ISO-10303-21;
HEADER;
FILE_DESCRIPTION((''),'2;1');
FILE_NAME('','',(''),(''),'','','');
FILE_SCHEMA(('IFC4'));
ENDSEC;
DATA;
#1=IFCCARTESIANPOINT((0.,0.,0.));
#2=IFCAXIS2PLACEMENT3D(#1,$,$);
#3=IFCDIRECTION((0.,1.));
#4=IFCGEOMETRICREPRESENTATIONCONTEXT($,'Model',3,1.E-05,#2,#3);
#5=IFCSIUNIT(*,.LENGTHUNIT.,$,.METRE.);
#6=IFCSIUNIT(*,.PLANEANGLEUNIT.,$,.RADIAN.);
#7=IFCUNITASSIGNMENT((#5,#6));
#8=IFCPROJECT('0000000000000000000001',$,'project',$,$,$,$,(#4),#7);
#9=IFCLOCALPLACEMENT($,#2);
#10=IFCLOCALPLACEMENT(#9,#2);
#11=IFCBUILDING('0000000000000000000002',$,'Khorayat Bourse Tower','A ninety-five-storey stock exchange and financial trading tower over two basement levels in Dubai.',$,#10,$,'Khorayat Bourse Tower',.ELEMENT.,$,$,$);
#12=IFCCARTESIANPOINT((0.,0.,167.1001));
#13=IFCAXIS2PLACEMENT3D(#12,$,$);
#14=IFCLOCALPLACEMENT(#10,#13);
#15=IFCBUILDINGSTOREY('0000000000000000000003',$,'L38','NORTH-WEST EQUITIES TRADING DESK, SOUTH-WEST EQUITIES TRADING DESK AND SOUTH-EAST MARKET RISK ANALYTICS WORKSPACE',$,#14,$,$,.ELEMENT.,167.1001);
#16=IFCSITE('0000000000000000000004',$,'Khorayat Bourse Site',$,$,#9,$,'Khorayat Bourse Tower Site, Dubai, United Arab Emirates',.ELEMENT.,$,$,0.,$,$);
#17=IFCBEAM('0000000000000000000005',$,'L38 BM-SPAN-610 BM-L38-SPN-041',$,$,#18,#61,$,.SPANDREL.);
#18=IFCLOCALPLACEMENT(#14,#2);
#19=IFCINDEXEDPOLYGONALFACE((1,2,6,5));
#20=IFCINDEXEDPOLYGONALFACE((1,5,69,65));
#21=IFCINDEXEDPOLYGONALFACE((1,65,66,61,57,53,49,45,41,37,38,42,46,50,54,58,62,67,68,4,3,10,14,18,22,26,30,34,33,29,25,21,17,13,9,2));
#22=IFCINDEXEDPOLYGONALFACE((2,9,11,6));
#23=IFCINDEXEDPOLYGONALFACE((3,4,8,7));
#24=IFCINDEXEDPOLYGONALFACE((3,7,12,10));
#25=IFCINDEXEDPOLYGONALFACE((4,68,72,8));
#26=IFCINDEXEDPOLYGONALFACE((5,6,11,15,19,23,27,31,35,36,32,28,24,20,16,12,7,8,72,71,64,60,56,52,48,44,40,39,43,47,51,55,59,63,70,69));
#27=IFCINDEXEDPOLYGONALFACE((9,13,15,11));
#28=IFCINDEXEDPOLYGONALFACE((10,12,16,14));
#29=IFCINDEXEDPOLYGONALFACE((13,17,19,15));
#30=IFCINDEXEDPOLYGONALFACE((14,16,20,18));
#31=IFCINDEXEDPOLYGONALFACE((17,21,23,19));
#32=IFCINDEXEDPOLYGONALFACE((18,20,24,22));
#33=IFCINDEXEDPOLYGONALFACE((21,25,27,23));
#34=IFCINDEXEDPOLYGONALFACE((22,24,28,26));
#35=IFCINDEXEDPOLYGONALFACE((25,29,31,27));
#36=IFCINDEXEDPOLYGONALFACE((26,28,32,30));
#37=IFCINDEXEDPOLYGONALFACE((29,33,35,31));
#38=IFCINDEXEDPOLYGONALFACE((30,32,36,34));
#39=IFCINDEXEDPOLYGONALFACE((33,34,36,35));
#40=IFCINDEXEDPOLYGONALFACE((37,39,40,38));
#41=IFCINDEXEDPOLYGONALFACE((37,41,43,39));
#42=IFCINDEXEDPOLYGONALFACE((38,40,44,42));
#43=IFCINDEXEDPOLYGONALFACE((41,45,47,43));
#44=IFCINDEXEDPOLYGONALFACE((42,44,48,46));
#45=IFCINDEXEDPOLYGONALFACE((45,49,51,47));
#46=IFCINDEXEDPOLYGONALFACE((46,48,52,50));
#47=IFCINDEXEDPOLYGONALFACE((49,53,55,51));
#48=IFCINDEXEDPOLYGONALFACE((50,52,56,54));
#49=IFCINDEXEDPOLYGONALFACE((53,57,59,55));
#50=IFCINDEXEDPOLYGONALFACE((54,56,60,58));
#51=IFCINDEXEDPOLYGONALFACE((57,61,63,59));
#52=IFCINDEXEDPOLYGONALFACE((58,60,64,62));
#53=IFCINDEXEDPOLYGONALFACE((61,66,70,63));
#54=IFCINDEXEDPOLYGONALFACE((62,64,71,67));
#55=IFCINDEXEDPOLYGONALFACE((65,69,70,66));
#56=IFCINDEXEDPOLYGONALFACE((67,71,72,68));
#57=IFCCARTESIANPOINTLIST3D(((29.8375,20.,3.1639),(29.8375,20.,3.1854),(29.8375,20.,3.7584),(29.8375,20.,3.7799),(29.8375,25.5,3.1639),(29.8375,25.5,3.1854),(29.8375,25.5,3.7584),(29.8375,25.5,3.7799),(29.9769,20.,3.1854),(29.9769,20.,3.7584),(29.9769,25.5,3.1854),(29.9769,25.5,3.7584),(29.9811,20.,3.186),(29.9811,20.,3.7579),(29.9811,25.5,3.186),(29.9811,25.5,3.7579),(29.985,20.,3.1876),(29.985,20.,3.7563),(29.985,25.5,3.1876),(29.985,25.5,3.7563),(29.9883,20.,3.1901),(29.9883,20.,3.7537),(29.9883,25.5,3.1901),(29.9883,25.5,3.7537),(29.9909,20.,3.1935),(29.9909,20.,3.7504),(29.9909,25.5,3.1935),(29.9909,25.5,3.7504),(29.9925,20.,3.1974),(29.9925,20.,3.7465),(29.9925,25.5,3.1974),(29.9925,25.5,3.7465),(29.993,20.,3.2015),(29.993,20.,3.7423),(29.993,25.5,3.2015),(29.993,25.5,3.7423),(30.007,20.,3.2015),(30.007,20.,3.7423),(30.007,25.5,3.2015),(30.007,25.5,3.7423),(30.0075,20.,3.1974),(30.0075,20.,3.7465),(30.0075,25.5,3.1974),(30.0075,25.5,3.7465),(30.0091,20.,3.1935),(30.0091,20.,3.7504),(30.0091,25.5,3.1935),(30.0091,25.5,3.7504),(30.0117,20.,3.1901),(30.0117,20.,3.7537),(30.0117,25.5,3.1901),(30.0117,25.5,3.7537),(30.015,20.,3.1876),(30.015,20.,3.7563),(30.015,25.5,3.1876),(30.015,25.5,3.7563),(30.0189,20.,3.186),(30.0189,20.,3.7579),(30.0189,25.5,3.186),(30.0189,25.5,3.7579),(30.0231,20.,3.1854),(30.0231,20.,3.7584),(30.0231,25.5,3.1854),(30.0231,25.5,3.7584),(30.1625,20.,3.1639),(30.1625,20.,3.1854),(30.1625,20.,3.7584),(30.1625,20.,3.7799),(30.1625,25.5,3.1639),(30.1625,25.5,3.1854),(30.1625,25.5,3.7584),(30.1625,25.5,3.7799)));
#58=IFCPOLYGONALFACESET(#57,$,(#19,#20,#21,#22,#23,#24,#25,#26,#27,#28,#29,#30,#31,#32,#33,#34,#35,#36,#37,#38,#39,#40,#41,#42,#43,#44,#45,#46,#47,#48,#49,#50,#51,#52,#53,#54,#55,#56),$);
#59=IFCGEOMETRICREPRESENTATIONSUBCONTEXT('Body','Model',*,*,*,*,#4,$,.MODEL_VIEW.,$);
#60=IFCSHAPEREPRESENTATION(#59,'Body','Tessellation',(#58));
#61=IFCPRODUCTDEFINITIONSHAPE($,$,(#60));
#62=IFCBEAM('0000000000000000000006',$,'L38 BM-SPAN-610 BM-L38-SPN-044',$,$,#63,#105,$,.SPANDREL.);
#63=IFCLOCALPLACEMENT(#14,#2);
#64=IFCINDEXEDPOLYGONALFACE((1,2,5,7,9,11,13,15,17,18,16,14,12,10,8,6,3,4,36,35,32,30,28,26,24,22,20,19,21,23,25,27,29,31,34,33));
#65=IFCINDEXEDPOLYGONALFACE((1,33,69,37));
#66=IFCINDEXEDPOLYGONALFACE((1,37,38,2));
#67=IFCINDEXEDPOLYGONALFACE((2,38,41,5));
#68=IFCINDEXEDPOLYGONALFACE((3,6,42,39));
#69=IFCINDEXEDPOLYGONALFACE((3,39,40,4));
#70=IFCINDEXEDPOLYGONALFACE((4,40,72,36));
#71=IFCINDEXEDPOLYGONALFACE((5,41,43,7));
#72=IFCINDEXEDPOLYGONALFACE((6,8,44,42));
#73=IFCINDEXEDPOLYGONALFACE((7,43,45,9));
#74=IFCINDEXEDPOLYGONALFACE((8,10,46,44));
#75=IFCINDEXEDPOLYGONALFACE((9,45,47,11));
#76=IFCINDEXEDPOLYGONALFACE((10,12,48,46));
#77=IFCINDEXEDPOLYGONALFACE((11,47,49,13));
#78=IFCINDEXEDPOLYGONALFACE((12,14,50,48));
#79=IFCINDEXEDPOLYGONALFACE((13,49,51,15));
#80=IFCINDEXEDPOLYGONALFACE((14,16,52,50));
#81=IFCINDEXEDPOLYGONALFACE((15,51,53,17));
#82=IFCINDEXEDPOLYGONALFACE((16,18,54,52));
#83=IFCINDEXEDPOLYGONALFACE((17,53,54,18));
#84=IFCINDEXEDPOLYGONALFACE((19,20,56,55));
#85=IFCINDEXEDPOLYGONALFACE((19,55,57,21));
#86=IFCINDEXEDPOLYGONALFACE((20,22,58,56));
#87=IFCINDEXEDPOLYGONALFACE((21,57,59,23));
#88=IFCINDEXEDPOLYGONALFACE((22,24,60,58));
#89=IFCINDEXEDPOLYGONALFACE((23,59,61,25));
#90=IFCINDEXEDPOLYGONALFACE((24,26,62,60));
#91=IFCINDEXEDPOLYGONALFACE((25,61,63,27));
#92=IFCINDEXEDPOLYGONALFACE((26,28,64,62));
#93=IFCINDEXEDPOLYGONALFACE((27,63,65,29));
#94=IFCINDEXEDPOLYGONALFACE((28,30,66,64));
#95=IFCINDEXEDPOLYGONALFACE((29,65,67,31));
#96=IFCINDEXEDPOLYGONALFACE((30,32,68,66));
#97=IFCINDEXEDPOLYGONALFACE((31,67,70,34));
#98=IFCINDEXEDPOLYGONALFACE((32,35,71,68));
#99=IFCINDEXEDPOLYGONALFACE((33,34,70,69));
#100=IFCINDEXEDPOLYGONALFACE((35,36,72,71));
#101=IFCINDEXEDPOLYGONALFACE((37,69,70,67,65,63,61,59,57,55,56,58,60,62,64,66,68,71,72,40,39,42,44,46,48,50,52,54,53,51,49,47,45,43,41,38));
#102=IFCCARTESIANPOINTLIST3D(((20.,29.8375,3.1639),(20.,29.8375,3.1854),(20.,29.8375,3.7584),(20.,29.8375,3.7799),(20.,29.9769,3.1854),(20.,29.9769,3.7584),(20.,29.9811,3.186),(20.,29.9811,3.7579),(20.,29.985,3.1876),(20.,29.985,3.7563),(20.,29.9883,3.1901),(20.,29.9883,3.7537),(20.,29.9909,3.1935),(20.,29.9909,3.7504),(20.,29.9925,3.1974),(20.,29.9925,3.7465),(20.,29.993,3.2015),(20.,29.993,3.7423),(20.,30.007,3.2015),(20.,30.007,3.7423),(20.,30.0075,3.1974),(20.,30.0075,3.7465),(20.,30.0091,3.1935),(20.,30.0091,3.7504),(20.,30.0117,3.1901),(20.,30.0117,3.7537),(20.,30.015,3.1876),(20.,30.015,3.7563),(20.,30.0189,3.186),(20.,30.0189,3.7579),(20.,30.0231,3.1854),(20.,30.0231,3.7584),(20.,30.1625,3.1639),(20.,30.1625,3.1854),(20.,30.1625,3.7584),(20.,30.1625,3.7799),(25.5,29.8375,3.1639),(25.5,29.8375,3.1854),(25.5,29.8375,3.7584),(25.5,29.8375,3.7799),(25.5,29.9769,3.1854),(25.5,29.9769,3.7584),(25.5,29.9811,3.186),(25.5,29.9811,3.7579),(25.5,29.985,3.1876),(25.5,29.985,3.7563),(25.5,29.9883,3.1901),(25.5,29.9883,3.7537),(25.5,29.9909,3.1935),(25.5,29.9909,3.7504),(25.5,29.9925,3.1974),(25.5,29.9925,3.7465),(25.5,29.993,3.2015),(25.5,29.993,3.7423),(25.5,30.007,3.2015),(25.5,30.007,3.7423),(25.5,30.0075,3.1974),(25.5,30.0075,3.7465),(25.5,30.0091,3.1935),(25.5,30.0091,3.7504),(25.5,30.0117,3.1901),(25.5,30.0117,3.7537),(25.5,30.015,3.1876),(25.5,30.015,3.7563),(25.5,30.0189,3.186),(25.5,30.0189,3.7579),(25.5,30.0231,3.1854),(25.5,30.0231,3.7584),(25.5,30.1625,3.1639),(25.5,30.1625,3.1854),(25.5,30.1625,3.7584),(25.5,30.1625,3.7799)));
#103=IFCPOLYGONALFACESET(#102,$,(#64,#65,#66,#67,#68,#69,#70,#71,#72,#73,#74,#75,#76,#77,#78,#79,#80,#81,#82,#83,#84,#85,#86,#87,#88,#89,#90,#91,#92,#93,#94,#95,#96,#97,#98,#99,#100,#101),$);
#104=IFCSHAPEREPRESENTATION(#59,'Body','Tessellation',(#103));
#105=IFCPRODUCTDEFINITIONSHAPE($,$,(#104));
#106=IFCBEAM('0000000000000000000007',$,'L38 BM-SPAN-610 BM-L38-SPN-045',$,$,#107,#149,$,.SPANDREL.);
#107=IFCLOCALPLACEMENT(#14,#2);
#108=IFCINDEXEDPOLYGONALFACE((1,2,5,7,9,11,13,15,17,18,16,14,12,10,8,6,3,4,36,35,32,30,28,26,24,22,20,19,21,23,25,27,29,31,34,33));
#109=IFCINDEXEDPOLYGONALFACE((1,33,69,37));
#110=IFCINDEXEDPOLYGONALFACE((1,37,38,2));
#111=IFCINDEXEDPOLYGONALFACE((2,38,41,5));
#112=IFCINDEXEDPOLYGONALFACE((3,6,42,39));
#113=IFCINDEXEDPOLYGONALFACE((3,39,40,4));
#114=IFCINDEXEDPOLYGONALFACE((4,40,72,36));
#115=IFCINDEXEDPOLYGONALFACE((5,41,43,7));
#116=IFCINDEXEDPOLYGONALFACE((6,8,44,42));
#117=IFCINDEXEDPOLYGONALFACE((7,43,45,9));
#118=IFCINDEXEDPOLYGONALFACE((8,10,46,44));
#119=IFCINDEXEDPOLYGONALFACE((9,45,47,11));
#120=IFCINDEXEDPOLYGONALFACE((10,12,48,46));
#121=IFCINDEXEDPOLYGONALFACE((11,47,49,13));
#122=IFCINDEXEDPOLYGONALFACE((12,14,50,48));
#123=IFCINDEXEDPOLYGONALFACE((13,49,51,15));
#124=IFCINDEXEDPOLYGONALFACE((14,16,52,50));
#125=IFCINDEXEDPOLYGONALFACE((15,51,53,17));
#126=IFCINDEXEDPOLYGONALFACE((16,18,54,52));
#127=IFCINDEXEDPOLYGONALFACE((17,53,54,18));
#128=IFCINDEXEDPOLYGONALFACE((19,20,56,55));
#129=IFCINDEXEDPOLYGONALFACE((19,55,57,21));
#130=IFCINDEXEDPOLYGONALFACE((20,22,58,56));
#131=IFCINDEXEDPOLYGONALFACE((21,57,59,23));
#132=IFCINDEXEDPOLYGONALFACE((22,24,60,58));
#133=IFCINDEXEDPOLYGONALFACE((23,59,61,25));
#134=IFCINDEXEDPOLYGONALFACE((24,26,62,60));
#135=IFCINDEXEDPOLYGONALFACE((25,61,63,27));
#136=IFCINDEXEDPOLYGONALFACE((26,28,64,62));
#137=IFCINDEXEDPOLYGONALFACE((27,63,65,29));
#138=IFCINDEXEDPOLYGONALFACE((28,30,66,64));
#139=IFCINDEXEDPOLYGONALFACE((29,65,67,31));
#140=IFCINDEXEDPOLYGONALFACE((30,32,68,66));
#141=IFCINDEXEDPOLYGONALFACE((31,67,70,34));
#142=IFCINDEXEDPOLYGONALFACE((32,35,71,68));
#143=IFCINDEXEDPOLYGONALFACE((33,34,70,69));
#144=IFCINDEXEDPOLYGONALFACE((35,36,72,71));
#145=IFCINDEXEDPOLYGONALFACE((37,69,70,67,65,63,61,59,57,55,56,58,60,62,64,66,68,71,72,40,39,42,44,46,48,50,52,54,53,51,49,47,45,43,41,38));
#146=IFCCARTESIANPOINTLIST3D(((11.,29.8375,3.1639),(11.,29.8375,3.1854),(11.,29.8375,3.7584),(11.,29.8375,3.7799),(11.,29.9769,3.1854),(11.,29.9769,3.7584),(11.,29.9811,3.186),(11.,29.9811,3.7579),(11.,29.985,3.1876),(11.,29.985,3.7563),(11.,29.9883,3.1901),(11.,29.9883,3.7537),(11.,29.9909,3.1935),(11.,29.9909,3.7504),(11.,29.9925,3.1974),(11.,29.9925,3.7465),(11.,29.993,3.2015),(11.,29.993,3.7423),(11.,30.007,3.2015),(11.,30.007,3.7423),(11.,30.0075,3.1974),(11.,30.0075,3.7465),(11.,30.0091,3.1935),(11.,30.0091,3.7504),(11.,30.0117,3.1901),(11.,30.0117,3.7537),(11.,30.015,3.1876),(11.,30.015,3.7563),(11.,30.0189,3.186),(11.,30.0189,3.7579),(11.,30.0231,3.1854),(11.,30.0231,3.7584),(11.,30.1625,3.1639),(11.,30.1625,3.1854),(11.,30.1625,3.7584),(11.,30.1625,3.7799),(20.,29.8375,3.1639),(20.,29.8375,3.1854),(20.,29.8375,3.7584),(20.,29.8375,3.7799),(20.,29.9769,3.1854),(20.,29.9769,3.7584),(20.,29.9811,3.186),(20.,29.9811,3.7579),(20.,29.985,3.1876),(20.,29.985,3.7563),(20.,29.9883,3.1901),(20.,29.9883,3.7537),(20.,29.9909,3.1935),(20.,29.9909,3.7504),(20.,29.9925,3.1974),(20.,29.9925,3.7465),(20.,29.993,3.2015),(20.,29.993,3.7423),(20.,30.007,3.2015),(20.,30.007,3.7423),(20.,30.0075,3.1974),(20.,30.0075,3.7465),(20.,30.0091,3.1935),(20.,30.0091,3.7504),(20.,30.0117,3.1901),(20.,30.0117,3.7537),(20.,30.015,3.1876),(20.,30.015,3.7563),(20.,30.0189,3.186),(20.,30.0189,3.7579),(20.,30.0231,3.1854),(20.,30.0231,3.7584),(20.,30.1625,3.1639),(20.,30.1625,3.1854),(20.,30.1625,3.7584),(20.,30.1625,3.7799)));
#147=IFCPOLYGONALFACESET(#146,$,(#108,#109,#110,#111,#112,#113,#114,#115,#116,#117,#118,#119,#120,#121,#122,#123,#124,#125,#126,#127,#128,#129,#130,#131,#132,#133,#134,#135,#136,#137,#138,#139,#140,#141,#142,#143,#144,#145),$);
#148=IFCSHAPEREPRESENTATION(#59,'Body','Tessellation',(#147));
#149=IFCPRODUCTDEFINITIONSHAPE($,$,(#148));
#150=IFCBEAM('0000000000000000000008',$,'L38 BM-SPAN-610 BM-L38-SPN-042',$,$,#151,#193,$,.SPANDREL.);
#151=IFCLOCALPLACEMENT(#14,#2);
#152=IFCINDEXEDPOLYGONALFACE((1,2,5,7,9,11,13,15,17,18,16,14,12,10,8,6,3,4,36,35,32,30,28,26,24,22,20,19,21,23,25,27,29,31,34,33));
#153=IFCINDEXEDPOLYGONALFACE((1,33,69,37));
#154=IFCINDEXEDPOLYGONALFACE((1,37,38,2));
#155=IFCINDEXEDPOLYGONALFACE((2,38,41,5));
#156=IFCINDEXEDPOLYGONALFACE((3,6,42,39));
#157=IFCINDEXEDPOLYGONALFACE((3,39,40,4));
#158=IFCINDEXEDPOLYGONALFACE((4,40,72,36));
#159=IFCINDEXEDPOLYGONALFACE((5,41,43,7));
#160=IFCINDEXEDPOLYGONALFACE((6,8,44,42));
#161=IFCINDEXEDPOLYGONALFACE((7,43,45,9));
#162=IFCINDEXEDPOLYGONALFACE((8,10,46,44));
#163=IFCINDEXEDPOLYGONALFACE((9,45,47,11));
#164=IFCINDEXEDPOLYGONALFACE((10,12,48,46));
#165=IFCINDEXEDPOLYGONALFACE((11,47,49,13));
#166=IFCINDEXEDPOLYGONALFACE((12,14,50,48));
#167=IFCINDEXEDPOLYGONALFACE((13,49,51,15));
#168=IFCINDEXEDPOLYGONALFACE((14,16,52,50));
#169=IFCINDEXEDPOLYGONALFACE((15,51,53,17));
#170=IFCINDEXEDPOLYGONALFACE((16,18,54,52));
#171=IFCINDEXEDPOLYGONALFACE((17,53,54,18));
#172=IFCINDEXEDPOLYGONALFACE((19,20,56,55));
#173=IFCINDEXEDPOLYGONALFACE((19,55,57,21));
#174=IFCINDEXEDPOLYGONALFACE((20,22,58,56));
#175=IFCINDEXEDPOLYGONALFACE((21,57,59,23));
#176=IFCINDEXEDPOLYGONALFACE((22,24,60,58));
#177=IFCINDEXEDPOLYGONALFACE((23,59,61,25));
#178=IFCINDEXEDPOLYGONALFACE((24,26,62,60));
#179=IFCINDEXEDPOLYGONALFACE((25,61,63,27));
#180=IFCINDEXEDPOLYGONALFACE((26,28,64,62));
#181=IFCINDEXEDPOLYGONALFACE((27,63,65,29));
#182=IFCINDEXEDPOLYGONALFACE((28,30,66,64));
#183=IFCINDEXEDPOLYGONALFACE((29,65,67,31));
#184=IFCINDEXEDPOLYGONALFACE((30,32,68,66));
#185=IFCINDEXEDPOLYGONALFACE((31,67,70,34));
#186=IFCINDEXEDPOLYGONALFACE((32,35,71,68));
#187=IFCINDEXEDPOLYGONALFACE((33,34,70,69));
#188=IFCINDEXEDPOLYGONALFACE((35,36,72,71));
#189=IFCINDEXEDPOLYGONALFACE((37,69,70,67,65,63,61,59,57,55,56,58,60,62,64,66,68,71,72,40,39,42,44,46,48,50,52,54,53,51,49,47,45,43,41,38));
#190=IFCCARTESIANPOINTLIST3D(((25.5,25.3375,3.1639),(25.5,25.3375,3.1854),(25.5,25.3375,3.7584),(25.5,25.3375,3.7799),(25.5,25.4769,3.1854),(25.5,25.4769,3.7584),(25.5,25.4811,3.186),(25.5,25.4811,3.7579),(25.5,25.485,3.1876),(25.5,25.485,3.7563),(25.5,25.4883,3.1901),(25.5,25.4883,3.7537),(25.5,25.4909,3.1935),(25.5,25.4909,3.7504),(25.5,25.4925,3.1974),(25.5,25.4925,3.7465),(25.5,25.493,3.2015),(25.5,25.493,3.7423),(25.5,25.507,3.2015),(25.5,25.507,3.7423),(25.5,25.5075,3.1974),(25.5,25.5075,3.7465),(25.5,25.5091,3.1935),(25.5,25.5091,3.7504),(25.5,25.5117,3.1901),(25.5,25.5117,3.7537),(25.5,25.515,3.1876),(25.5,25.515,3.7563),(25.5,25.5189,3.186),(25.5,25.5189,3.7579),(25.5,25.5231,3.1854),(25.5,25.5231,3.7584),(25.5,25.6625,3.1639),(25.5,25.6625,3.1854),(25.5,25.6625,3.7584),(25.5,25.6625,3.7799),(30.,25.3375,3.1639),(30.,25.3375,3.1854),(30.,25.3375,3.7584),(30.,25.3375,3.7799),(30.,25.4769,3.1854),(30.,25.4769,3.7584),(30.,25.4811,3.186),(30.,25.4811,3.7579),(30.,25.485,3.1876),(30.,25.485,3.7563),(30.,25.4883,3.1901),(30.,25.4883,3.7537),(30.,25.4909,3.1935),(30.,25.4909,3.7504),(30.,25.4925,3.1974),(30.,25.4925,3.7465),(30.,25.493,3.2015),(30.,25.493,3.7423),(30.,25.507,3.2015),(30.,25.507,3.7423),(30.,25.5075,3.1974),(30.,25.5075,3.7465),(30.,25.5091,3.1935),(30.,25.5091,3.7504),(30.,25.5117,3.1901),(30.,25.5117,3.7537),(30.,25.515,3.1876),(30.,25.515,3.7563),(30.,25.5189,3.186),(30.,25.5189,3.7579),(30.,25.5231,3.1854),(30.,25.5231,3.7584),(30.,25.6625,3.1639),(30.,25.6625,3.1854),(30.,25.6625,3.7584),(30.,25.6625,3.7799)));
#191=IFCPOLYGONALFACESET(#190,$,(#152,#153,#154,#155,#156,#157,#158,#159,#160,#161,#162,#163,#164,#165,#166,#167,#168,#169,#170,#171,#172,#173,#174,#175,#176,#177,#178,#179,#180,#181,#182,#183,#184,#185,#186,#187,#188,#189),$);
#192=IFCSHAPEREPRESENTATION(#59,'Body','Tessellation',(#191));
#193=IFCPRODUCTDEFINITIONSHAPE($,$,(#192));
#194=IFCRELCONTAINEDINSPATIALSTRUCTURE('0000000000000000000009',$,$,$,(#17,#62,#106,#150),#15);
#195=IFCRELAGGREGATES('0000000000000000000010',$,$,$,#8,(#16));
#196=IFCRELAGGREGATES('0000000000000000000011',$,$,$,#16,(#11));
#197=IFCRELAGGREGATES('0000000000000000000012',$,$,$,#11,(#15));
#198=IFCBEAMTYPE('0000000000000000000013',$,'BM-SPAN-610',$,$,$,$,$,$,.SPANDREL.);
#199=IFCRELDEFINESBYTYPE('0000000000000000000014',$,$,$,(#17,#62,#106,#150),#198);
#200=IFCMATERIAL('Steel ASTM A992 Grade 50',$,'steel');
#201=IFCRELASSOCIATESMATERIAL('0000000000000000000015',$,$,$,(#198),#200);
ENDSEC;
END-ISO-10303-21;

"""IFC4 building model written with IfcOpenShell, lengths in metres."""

from ifc_helpers import new_model, si_unit, direction, frame, origin, origin_2d, place, context, subcontext, project, spatial, i_section, extrude, source, transform, mapped, material, material_profile, profile_set, type_object, element, save


model = new_model("IFC4")

# Units and contexts
model_context = context("Model", 3, precision=1e-05, world=origin(), true_north=direction((0.0, 1.0)))
body_context = subcontext(model_context, "Body", "Model", "MODEL_VIEW")
ifc_project = project(units=[si_unit("LENGTHUNIT", "METRE"), si_unit("PLANEANGLEUNIT", "RADIAN")], contexts=[model_context])

# Site, building, storey
site_placement = place(None, origin())
site = spatial("IfcSite", under=ifc_project, at=site_placement, Name="Khorayat Bourse Site", LongName="Khorayat Bourse Tower Site, Dubai, United Arab Emirates", CompositionType="ELEMENT", RefElevation=0.0)
building_placement = place(site_placement, origin())
building = spatial("IfcBuilding", under=site, at=building_placement, Name="Khorayat Bourse Tower", Description="A ninety-five-storey stock exchange and financial trading tower over two basement levels in Dubai.", LongName="Khorayat Bourse Tower", CompositionType="ELEMENT")
storey_placement = place(building_placement, frame((0.0, 0.0, 167.1001)))
storey = spatial("IfcBuildingStorey", under=building, at=storey_placement, Name="L38", Description="NORTH-WEST EQUITIES TRADING DESK, SOUTH-WEST EQUITIES TRADING DESK AND SOUTH-EAST MARKET RISK ANALYTICS WORKSPACE", CompositionType="ELEMENT", Elevation=167.1001)

# Beams
ifc_material_1 = material(Name="Steel ASTM A992 Grade 50", Category="steel")
ifc_material_profile_1 = material_profile(ifc_material_1, i_section(OverallWidth=0.325, OverallDepth=0.616, WebThickness=0.0139, FlangeThickness=0.0215, FilletRadius=0.0161, at=origin_2d()), Name="W610X174")
ifc_profile_set_1 = profile_set([ifc_material_profile_1], Name="Steel ASTM A992 Grade 50")
beam_type_1 = type_object("IfcBeamType", Name="BM-SPAN-610", PredefinedType="SPANDREL", material=ifc_profile_set_1)
shared_shape_1 = source(origin(), body_context, "Body", "SweptSolid", [
    extrude(i_section(OverallWidth=0.325, OverallDepth=0.616, WebThickness=0.0139, FlangeThickness=0.0215, FilletRadius=0.0161, at=origin_2d()), origin(), (0.0, 0.0, 1.0), 5.5),
])
for number, where, z_axis, x_axis, name in (
    (1, (30.0, 20.0, 3.4719), (0.0, 1.0, 0.0), (-1.0, 0.0, 0.0), "L38 BM-SPAN-610 BM-L38-SPN-041"),
    (2, (20.0, 30.0, 3.4719), (1.0, 0.0, 0.0), (0.0, 1.0, 0.0), "L38 BM-SPAN-610 BM-L38-SPN-044"),
):
    element("IfcBeam", number, at=place(storey_placement, frame(where, z_axis=z_axis, x_axis=x_axis)), inside=storey, type_object=beam_type_1, Name=name, PredefinedType="SPANDREL", context=body_context, shape_type="MappedRepresentation", body=[
        mapped(shared_shape_1, transform((0.0, 0.0, 0.0), scale=1.0)),
    ])
shared_shape_2 = source(origin(), body_context, "Body", "SweptSolid", [
    extrude(i_section(OverallWidth=0.325, OverallDepth=0.616, WebThickness=0.0139, FlangeThickness=0.0215, FilletRadius=0.0161, at=origin_2d()), origin(), (0.0, 0.0, 1.0), 9.0),
])
beam_1_placement = place(storey_placement, frame((11.0, 30.0, 3.4719), z_axis=(1.0, 0.0, 0.0), x_axis=(0.0, 1.0, 0.0)))
element("IfcBeam", 3, at=beam_1_placement, inside=storey, type_object=beam_type_1, Name="L38 BM-SPAN-610 BM-L38-SPN-045", PredefinedType="SPANDREL", context=body_context, shape_type="MappedRepresentation", body=[
    mapped(shared_shape_2, transform((0.0, 0.0, 0.0), scale=1.0)),
])
shared_shape_3 = source(origin(), body_context, "Body", "SweptSolid", [
    extrude(i_section(OverallWidth=0.325, OverallDepth=0.616, WebThickness=0.0139, FlangeThickness=0.0215, FilletRadius=0.0161, at=origin_2d()), origin(), (0.0, 0.0, 1.0), 4.5),
])
for number, where, z_axis, x_axis, name in (
    (4, (25.5, 25.5, 3.4719), (1.0, 0.0, 0.0), (0.0, 1.0, 0.0), "L38 BM-SPAN-610 BM-L38-SPN-042"),
):
    element("IfcBeam", number, at=place(storey_placement, frame(where, z_axis=z_axis, x_axis=x_axis)), inside=storey, type_object=beam_type_1, Name=name, PredefinedType="SPANDREL", context=body_context, shape_type="MappedRepresentation", body=[
        mapped(shared_shape_3, transform((0.0, 0.0, 0.0), scale=1.0)),
    ])

save(model, "model.ifc")
